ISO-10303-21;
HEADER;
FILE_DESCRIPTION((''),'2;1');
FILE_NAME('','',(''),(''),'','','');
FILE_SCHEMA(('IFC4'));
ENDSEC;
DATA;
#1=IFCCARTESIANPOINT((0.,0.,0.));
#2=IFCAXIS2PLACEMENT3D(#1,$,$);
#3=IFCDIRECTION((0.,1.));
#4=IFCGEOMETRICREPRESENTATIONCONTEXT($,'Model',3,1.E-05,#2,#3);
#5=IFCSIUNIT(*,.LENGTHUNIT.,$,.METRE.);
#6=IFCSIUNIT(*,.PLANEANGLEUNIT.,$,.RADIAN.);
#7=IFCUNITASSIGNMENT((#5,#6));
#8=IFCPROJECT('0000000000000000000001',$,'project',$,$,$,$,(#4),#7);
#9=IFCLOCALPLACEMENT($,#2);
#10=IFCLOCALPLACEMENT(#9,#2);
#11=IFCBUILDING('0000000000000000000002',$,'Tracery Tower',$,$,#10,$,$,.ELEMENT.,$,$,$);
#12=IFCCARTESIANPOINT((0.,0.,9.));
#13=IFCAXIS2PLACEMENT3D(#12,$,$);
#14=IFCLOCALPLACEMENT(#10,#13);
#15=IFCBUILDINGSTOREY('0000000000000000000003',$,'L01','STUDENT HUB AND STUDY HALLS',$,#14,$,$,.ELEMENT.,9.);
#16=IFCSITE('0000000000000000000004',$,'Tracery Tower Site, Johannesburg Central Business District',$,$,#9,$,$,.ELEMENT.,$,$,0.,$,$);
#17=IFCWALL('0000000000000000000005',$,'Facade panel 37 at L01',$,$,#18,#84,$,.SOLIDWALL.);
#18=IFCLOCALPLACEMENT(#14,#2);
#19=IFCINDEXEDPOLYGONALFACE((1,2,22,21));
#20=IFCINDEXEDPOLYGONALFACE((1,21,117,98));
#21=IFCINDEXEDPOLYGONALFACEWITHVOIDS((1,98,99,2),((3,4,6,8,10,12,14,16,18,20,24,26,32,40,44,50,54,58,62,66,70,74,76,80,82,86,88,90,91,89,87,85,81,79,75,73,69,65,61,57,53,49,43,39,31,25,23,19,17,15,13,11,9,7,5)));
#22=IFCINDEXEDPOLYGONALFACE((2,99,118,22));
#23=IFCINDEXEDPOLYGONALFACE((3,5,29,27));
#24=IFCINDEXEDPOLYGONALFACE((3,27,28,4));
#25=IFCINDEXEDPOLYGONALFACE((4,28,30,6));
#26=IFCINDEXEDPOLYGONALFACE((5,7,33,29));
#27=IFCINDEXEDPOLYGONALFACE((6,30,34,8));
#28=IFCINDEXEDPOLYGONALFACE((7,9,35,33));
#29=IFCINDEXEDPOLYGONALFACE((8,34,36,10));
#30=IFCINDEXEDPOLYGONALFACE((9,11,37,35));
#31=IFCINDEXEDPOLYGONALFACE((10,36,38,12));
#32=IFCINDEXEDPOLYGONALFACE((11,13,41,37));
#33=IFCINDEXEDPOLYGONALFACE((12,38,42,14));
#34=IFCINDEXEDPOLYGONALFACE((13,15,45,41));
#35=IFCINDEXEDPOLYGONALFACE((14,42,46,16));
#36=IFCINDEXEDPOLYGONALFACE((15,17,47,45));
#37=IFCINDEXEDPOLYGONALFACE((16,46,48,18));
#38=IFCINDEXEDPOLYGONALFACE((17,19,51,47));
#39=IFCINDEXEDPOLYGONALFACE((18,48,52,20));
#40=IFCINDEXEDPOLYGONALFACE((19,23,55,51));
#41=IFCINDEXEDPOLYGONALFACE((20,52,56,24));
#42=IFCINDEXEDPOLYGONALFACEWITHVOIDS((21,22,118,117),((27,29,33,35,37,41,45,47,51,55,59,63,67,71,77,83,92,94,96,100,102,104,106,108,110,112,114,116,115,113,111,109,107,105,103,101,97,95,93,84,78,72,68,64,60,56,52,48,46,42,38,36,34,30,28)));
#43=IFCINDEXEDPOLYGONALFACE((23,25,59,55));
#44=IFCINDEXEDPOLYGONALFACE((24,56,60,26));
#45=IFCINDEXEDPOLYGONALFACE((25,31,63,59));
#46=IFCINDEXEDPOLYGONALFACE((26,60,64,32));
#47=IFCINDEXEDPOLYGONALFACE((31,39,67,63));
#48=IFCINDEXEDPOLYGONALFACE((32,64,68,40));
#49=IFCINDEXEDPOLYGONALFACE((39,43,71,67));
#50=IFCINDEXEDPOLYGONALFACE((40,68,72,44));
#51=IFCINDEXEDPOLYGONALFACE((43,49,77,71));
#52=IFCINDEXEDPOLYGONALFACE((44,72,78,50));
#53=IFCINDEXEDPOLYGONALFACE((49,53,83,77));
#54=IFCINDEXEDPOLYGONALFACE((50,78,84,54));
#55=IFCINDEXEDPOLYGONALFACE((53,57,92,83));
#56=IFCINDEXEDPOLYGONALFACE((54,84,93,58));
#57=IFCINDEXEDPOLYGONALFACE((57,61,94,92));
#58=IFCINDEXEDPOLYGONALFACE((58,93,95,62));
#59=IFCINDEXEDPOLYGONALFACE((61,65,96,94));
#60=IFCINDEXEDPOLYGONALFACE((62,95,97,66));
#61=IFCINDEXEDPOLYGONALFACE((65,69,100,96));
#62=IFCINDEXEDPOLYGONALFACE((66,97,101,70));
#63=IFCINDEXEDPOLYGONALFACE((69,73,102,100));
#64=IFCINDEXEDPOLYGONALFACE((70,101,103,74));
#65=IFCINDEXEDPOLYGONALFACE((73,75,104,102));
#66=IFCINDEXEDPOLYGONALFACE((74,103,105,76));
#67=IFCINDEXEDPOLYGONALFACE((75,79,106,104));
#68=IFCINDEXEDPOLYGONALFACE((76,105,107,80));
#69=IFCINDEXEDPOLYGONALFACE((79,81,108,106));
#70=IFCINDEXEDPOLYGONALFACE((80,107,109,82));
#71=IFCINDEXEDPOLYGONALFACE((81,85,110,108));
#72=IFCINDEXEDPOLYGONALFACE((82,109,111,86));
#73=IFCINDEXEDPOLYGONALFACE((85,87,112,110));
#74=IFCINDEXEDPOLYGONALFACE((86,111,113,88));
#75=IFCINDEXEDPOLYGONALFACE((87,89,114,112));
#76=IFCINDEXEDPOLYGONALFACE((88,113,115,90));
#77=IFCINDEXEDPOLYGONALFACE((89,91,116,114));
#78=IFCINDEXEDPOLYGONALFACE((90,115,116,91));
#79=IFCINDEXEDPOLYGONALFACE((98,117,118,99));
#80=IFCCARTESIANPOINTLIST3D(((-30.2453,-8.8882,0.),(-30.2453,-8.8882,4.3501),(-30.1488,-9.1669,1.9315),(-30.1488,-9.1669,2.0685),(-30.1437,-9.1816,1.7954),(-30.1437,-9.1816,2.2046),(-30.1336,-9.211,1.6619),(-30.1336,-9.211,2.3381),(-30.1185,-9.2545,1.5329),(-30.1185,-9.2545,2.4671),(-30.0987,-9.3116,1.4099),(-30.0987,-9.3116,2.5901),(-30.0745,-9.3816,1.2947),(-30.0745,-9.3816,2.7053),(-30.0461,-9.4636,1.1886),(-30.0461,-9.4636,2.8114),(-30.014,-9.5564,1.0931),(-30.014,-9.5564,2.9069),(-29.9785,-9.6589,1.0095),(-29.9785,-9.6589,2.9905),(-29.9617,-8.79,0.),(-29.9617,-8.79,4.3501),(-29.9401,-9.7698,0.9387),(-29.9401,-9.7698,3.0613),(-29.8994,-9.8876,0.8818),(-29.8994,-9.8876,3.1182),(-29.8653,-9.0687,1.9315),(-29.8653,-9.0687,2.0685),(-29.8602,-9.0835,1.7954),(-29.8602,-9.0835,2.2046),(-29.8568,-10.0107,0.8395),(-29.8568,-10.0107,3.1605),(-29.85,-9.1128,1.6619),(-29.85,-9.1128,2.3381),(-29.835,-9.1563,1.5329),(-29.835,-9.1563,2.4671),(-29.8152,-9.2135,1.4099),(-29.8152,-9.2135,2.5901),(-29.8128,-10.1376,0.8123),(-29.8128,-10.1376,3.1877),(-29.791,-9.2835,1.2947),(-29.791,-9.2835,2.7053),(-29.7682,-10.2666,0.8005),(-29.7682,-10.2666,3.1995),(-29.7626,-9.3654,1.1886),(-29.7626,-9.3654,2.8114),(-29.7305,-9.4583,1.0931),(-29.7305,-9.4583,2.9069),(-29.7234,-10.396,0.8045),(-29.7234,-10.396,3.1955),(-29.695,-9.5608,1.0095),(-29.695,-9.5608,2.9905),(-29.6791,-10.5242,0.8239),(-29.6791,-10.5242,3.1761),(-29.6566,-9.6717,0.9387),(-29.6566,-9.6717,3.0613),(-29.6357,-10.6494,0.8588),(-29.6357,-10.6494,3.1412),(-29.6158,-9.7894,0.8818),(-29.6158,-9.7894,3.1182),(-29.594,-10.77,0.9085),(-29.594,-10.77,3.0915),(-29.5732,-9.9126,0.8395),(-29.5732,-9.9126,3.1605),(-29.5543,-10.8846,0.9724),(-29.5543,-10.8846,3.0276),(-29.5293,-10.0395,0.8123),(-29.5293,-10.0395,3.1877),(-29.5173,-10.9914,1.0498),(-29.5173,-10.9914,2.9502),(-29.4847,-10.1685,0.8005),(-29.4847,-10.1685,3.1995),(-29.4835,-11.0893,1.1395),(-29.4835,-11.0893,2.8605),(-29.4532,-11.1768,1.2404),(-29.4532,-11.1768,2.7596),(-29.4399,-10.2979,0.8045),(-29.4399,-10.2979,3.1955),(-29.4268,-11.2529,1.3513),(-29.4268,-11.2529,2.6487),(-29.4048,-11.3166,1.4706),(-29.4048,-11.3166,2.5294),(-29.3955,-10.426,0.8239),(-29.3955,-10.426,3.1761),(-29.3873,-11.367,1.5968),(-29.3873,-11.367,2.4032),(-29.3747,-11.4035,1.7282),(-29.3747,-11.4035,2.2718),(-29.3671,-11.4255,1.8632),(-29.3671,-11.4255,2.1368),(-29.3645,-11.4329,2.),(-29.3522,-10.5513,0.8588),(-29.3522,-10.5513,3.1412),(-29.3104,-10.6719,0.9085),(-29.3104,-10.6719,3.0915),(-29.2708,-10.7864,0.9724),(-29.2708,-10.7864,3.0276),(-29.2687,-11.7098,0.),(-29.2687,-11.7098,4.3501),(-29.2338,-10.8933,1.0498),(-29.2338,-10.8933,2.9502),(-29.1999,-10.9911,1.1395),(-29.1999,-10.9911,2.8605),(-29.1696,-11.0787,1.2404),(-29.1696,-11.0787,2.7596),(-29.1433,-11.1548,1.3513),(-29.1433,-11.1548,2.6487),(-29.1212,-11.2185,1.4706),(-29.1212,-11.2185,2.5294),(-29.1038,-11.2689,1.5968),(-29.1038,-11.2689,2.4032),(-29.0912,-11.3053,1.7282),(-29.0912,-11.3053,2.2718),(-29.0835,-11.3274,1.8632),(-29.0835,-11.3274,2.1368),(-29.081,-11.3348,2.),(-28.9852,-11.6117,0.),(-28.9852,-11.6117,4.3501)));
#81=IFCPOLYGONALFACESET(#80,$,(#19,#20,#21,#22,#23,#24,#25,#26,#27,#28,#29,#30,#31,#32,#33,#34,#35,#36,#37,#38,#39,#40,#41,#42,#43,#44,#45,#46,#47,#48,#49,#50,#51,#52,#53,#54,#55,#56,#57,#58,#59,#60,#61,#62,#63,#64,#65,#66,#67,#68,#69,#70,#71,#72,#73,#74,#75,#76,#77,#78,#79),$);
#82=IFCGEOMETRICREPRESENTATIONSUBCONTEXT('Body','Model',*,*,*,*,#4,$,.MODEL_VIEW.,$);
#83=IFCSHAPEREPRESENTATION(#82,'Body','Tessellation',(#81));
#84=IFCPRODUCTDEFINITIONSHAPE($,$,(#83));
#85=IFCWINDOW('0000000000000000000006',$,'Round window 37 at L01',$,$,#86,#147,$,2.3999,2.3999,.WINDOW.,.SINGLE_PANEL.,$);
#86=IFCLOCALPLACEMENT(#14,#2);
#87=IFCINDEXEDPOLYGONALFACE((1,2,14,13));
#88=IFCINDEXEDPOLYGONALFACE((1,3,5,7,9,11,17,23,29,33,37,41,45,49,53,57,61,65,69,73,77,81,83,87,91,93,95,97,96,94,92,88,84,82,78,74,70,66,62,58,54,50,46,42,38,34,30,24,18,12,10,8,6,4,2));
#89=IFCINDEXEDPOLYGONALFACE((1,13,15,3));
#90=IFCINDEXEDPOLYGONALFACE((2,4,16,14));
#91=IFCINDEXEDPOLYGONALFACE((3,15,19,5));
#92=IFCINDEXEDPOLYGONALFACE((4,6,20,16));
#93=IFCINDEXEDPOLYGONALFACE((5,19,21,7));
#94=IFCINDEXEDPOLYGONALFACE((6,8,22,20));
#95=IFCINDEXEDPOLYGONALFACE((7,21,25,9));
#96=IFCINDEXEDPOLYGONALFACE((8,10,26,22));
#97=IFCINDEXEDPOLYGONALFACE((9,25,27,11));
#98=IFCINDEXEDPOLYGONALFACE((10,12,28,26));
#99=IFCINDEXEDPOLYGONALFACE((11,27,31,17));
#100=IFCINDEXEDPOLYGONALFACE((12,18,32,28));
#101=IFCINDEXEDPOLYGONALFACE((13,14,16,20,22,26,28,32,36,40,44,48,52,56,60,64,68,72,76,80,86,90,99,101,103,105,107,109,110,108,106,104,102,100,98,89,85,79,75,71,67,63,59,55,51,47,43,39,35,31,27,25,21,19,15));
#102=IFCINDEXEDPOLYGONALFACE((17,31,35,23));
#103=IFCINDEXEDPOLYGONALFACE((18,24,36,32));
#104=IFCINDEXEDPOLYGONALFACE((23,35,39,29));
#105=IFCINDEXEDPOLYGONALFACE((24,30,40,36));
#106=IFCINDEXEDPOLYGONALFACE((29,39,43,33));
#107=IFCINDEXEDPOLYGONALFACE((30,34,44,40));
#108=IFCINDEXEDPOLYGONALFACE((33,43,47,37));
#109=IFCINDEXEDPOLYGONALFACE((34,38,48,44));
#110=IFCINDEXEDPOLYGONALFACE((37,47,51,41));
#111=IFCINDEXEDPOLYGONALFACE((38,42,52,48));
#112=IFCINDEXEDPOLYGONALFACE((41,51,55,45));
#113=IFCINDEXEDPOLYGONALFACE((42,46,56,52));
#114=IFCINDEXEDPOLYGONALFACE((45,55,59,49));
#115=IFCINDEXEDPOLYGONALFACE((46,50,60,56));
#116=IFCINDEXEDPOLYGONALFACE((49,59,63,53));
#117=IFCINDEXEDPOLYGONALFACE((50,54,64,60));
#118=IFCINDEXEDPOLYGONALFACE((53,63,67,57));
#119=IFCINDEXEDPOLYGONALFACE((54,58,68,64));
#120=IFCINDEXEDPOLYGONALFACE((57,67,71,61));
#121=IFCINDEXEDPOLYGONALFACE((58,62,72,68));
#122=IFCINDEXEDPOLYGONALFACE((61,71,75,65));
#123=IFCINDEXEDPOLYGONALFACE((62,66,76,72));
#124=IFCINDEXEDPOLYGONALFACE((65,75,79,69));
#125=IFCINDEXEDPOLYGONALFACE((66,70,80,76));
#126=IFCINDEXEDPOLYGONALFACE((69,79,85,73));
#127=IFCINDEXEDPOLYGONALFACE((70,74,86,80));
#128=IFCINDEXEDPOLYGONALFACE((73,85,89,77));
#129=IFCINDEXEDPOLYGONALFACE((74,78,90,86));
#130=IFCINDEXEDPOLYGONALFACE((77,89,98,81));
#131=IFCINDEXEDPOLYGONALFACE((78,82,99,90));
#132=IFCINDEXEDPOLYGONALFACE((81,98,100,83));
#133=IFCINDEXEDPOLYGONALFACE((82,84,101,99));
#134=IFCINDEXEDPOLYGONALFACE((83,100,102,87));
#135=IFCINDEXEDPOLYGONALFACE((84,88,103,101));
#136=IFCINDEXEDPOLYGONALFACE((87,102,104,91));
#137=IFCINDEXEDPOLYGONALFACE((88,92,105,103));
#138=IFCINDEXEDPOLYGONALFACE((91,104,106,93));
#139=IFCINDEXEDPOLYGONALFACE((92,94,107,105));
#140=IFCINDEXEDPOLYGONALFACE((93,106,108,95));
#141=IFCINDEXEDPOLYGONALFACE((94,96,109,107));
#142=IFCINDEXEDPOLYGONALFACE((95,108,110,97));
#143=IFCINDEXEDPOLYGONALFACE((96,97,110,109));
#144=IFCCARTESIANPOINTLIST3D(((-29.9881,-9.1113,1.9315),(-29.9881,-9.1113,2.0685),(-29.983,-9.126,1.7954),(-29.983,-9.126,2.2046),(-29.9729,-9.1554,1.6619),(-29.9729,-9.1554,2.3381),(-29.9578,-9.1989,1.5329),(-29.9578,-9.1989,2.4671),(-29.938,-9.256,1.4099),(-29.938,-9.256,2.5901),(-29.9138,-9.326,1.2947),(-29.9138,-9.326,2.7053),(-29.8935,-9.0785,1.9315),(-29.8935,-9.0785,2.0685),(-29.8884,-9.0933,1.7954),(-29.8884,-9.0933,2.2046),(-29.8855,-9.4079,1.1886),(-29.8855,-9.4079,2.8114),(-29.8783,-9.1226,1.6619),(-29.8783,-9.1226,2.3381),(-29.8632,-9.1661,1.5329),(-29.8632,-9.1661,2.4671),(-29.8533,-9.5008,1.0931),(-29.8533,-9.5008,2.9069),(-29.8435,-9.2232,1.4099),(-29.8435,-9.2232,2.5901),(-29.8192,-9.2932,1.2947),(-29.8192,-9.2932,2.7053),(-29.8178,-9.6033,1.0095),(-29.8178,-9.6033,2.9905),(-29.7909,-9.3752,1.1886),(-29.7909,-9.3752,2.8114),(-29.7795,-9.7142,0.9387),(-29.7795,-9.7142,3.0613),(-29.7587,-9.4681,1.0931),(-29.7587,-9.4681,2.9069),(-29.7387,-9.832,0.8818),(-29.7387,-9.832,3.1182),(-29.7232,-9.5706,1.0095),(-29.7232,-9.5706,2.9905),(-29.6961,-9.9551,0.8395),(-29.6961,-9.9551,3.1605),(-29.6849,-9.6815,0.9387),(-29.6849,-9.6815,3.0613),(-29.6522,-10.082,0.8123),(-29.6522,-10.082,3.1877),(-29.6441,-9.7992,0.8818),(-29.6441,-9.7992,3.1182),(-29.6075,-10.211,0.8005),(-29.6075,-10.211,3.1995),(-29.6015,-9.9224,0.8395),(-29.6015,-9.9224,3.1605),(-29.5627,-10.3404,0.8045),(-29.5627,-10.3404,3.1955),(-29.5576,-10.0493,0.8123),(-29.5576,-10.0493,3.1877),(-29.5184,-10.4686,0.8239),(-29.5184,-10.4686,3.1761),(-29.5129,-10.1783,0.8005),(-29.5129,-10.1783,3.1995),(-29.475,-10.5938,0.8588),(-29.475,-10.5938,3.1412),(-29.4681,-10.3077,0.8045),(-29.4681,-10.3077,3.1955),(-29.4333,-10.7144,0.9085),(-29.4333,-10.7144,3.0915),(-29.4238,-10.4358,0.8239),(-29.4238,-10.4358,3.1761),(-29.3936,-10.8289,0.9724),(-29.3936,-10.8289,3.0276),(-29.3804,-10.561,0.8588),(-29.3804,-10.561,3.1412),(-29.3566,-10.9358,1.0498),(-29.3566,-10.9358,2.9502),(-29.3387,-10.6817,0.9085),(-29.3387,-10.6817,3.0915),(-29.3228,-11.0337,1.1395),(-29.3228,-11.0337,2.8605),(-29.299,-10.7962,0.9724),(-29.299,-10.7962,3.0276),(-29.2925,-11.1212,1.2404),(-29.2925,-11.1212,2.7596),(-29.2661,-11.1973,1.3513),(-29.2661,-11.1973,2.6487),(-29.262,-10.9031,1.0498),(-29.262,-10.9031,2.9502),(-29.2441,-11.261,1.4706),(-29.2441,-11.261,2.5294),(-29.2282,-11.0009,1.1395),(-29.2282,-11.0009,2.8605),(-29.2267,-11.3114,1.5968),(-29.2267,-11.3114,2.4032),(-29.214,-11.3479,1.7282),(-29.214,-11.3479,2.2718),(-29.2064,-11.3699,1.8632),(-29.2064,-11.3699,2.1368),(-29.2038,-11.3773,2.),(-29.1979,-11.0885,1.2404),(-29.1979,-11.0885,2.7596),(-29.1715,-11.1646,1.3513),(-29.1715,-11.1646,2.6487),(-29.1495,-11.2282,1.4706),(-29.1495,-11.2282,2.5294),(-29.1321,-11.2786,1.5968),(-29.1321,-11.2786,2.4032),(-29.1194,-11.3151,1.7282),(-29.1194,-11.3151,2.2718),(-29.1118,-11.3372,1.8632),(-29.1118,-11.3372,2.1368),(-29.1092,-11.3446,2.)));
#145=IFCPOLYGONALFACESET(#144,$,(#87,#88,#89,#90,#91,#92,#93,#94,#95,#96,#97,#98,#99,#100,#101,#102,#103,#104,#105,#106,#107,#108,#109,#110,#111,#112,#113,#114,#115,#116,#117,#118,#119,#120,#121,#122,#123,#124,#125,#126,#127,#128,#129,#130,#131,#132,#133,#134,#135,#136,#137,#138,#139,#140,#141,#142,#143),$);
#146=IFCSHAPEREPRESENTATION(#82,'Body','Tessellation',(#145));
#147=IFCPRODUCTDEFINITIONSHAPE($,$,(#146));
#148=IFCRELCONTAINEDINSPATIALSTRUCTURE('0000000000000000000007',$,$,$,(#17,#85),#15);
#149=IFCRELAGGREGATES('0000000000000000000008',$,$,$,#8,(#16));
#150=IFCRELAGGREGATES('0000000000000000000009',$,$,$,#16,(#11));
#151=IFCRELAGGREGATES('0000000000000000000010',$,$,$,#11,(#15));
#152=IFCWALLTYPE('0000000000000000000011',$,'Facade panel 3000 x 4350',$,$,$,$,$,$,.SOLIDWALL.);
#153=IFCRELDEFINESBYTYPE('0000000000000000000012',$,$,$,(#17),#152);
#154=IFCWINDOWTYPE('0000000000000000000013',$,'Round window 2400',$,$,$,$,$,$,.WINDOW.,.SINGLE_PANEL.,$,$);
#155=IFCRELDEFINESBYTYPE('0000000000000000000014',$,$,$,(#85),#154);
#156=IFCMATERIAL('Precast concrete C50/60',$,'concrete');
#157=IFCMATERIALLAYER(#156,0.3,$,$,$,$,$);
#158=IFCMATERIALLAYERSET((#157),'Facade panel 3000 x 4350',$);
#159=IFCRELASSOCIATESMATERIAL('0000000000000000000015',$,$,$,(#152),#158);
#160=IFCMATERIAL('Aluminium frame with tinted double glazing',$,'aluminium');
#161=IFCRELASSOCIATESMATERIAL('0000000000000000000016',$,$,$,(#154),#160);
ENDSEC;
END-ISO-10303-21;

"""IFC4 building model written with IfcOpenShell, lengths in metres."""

from ifc_helpers import new_model, si_unit, direction, frame, frame_2d, origin, origin_2d, place, context, subcontext, project, spatial, rectangle, circle, extrude, material, layer, layer_set, type_object, element, fill, save


model = new_model("IFC4")

# Units and contexts
model_context = context("Model", 3, precision=1e-05, world=origin(), true_north=direction((0.0, 1.0)))
body_context = subcontext(model_context, "Body", "Model", "MODEL_VIEW")
ifc_project = project(units=[si_unit("LENGTHUNIT", "METRE"), si_unit("PLANEANGLEUNIT", "RADIAN")], contexts=[model_context])

# Site, building, storey
site_placement = place(None, origin())
site = spatial("IfcSite", under=ifc_project, at=site_placement, Name="Tracery Tower Site, Johannesburg Central Business District", CompositionType="ELEMENT", RefElevation=0.0)
building_placement = place(site_placement, origin())
building = spatial("IfcBuilding", under=site, at=building_placement, Name="Tracery Tower", CompositionType="ELEMENT")
storey_placement = place(building_placement, frame((0.0, 0.0, 9.0)))
storey = spatial("IfcBuildingStorey", under=building, at=storey_placement, Name="L01", Description="STUDENT HUB AND STUDY HALLS", CompositionType="ELEMENT", Elevation=9.0)

# Wall, opening, window
ifc_material_1 = material(Name="Precast concrete C50/60", Category="concrete")
ifc_layer_1 = layer(ifc_material_1, 0.3)
ifc_layer_set_1 = layer_set([ifc_layer_1], Name="Facade panel 3000 x 4350")
wall_type_1 = type_object("IfcWallType", Name="Facade panel 3000 x 4350", PredefinedType="SOLIDWALL", material=ifc_layer_set_1)
ifc_material_2 = material(Name="Aluminium frame with tinted double glazing", Category="aluminium")
window_type = type_object("IfcWindowType", Name="Round window 2400", PartitioningType="SINGLE_PANEL", PredefinedType="WINDOW", material=ifc_material_2)
wall_1_placement = place(storey_placement, frame((-30.1035, -8.8391, 0.0), z_axis=(0.0, 0.0, 1.0), x_axis=(0.327074, -0.944999, 0.0)))
wall_1 = element("IfcWall", 1, at=wall_1_placement, inside=storey, type_object=wall_type_1, Name="Facade panel 37 at L01", PredefinedType="SOLIDWALL", context=body_context, shape_type="SweptSolid", body=[
    extrude(rectangle(XDim=2.9858, YDim=0.3, at=frame_2d((1.4929, 0.0))), origin(), (0.0, 0.0, 1.0), 4.3501),
])
opening_1_placement = place(wall_1_placement, frame((1.4929, 0.0, 2.0)))
opening_1 = element("IfcOpeningElement", 2, at=opening_1_placement, cuts=wall_1, PredefinedType="OPENING", context=body_context, shape_type="SweptSolid", body=[
    extrude(circle(Radius=1.2, at=origin_2d()), frame((0.0, 0.1599, 0.0), z_axis=(0.0, -1.0, 0.0), x_axis=(1.0, 0.0, 0.0)), (0.0, 0.0, 1.0), 0.3201),
])
window_1_placement = place(opening_1_placement, origin())
window_1 = element("IfcWindow", 3, at=window_1_placement, inside=storey, type_object=window_type, Name="Round window 37 at L01", OverallHeight=2.3999, OverallWidth=2.3999, PartitioningType="SINGLE_PANEL", PredefinedType="WINDOW", context=body_context, shape_type="SweptSolid", body=[
    extrude(circle(Radius=1.2, at=origin_2d()), frame((0.0, 0.1201, 0.0), z_axis=(0.0, -1.0, 0.0), x_axis=(1.0, 0.0, 0.0)), (0.0, 0.0, 1.0), 0.1001),
])
fill(opening_1, window_1)

save(model, "model.ifc")
